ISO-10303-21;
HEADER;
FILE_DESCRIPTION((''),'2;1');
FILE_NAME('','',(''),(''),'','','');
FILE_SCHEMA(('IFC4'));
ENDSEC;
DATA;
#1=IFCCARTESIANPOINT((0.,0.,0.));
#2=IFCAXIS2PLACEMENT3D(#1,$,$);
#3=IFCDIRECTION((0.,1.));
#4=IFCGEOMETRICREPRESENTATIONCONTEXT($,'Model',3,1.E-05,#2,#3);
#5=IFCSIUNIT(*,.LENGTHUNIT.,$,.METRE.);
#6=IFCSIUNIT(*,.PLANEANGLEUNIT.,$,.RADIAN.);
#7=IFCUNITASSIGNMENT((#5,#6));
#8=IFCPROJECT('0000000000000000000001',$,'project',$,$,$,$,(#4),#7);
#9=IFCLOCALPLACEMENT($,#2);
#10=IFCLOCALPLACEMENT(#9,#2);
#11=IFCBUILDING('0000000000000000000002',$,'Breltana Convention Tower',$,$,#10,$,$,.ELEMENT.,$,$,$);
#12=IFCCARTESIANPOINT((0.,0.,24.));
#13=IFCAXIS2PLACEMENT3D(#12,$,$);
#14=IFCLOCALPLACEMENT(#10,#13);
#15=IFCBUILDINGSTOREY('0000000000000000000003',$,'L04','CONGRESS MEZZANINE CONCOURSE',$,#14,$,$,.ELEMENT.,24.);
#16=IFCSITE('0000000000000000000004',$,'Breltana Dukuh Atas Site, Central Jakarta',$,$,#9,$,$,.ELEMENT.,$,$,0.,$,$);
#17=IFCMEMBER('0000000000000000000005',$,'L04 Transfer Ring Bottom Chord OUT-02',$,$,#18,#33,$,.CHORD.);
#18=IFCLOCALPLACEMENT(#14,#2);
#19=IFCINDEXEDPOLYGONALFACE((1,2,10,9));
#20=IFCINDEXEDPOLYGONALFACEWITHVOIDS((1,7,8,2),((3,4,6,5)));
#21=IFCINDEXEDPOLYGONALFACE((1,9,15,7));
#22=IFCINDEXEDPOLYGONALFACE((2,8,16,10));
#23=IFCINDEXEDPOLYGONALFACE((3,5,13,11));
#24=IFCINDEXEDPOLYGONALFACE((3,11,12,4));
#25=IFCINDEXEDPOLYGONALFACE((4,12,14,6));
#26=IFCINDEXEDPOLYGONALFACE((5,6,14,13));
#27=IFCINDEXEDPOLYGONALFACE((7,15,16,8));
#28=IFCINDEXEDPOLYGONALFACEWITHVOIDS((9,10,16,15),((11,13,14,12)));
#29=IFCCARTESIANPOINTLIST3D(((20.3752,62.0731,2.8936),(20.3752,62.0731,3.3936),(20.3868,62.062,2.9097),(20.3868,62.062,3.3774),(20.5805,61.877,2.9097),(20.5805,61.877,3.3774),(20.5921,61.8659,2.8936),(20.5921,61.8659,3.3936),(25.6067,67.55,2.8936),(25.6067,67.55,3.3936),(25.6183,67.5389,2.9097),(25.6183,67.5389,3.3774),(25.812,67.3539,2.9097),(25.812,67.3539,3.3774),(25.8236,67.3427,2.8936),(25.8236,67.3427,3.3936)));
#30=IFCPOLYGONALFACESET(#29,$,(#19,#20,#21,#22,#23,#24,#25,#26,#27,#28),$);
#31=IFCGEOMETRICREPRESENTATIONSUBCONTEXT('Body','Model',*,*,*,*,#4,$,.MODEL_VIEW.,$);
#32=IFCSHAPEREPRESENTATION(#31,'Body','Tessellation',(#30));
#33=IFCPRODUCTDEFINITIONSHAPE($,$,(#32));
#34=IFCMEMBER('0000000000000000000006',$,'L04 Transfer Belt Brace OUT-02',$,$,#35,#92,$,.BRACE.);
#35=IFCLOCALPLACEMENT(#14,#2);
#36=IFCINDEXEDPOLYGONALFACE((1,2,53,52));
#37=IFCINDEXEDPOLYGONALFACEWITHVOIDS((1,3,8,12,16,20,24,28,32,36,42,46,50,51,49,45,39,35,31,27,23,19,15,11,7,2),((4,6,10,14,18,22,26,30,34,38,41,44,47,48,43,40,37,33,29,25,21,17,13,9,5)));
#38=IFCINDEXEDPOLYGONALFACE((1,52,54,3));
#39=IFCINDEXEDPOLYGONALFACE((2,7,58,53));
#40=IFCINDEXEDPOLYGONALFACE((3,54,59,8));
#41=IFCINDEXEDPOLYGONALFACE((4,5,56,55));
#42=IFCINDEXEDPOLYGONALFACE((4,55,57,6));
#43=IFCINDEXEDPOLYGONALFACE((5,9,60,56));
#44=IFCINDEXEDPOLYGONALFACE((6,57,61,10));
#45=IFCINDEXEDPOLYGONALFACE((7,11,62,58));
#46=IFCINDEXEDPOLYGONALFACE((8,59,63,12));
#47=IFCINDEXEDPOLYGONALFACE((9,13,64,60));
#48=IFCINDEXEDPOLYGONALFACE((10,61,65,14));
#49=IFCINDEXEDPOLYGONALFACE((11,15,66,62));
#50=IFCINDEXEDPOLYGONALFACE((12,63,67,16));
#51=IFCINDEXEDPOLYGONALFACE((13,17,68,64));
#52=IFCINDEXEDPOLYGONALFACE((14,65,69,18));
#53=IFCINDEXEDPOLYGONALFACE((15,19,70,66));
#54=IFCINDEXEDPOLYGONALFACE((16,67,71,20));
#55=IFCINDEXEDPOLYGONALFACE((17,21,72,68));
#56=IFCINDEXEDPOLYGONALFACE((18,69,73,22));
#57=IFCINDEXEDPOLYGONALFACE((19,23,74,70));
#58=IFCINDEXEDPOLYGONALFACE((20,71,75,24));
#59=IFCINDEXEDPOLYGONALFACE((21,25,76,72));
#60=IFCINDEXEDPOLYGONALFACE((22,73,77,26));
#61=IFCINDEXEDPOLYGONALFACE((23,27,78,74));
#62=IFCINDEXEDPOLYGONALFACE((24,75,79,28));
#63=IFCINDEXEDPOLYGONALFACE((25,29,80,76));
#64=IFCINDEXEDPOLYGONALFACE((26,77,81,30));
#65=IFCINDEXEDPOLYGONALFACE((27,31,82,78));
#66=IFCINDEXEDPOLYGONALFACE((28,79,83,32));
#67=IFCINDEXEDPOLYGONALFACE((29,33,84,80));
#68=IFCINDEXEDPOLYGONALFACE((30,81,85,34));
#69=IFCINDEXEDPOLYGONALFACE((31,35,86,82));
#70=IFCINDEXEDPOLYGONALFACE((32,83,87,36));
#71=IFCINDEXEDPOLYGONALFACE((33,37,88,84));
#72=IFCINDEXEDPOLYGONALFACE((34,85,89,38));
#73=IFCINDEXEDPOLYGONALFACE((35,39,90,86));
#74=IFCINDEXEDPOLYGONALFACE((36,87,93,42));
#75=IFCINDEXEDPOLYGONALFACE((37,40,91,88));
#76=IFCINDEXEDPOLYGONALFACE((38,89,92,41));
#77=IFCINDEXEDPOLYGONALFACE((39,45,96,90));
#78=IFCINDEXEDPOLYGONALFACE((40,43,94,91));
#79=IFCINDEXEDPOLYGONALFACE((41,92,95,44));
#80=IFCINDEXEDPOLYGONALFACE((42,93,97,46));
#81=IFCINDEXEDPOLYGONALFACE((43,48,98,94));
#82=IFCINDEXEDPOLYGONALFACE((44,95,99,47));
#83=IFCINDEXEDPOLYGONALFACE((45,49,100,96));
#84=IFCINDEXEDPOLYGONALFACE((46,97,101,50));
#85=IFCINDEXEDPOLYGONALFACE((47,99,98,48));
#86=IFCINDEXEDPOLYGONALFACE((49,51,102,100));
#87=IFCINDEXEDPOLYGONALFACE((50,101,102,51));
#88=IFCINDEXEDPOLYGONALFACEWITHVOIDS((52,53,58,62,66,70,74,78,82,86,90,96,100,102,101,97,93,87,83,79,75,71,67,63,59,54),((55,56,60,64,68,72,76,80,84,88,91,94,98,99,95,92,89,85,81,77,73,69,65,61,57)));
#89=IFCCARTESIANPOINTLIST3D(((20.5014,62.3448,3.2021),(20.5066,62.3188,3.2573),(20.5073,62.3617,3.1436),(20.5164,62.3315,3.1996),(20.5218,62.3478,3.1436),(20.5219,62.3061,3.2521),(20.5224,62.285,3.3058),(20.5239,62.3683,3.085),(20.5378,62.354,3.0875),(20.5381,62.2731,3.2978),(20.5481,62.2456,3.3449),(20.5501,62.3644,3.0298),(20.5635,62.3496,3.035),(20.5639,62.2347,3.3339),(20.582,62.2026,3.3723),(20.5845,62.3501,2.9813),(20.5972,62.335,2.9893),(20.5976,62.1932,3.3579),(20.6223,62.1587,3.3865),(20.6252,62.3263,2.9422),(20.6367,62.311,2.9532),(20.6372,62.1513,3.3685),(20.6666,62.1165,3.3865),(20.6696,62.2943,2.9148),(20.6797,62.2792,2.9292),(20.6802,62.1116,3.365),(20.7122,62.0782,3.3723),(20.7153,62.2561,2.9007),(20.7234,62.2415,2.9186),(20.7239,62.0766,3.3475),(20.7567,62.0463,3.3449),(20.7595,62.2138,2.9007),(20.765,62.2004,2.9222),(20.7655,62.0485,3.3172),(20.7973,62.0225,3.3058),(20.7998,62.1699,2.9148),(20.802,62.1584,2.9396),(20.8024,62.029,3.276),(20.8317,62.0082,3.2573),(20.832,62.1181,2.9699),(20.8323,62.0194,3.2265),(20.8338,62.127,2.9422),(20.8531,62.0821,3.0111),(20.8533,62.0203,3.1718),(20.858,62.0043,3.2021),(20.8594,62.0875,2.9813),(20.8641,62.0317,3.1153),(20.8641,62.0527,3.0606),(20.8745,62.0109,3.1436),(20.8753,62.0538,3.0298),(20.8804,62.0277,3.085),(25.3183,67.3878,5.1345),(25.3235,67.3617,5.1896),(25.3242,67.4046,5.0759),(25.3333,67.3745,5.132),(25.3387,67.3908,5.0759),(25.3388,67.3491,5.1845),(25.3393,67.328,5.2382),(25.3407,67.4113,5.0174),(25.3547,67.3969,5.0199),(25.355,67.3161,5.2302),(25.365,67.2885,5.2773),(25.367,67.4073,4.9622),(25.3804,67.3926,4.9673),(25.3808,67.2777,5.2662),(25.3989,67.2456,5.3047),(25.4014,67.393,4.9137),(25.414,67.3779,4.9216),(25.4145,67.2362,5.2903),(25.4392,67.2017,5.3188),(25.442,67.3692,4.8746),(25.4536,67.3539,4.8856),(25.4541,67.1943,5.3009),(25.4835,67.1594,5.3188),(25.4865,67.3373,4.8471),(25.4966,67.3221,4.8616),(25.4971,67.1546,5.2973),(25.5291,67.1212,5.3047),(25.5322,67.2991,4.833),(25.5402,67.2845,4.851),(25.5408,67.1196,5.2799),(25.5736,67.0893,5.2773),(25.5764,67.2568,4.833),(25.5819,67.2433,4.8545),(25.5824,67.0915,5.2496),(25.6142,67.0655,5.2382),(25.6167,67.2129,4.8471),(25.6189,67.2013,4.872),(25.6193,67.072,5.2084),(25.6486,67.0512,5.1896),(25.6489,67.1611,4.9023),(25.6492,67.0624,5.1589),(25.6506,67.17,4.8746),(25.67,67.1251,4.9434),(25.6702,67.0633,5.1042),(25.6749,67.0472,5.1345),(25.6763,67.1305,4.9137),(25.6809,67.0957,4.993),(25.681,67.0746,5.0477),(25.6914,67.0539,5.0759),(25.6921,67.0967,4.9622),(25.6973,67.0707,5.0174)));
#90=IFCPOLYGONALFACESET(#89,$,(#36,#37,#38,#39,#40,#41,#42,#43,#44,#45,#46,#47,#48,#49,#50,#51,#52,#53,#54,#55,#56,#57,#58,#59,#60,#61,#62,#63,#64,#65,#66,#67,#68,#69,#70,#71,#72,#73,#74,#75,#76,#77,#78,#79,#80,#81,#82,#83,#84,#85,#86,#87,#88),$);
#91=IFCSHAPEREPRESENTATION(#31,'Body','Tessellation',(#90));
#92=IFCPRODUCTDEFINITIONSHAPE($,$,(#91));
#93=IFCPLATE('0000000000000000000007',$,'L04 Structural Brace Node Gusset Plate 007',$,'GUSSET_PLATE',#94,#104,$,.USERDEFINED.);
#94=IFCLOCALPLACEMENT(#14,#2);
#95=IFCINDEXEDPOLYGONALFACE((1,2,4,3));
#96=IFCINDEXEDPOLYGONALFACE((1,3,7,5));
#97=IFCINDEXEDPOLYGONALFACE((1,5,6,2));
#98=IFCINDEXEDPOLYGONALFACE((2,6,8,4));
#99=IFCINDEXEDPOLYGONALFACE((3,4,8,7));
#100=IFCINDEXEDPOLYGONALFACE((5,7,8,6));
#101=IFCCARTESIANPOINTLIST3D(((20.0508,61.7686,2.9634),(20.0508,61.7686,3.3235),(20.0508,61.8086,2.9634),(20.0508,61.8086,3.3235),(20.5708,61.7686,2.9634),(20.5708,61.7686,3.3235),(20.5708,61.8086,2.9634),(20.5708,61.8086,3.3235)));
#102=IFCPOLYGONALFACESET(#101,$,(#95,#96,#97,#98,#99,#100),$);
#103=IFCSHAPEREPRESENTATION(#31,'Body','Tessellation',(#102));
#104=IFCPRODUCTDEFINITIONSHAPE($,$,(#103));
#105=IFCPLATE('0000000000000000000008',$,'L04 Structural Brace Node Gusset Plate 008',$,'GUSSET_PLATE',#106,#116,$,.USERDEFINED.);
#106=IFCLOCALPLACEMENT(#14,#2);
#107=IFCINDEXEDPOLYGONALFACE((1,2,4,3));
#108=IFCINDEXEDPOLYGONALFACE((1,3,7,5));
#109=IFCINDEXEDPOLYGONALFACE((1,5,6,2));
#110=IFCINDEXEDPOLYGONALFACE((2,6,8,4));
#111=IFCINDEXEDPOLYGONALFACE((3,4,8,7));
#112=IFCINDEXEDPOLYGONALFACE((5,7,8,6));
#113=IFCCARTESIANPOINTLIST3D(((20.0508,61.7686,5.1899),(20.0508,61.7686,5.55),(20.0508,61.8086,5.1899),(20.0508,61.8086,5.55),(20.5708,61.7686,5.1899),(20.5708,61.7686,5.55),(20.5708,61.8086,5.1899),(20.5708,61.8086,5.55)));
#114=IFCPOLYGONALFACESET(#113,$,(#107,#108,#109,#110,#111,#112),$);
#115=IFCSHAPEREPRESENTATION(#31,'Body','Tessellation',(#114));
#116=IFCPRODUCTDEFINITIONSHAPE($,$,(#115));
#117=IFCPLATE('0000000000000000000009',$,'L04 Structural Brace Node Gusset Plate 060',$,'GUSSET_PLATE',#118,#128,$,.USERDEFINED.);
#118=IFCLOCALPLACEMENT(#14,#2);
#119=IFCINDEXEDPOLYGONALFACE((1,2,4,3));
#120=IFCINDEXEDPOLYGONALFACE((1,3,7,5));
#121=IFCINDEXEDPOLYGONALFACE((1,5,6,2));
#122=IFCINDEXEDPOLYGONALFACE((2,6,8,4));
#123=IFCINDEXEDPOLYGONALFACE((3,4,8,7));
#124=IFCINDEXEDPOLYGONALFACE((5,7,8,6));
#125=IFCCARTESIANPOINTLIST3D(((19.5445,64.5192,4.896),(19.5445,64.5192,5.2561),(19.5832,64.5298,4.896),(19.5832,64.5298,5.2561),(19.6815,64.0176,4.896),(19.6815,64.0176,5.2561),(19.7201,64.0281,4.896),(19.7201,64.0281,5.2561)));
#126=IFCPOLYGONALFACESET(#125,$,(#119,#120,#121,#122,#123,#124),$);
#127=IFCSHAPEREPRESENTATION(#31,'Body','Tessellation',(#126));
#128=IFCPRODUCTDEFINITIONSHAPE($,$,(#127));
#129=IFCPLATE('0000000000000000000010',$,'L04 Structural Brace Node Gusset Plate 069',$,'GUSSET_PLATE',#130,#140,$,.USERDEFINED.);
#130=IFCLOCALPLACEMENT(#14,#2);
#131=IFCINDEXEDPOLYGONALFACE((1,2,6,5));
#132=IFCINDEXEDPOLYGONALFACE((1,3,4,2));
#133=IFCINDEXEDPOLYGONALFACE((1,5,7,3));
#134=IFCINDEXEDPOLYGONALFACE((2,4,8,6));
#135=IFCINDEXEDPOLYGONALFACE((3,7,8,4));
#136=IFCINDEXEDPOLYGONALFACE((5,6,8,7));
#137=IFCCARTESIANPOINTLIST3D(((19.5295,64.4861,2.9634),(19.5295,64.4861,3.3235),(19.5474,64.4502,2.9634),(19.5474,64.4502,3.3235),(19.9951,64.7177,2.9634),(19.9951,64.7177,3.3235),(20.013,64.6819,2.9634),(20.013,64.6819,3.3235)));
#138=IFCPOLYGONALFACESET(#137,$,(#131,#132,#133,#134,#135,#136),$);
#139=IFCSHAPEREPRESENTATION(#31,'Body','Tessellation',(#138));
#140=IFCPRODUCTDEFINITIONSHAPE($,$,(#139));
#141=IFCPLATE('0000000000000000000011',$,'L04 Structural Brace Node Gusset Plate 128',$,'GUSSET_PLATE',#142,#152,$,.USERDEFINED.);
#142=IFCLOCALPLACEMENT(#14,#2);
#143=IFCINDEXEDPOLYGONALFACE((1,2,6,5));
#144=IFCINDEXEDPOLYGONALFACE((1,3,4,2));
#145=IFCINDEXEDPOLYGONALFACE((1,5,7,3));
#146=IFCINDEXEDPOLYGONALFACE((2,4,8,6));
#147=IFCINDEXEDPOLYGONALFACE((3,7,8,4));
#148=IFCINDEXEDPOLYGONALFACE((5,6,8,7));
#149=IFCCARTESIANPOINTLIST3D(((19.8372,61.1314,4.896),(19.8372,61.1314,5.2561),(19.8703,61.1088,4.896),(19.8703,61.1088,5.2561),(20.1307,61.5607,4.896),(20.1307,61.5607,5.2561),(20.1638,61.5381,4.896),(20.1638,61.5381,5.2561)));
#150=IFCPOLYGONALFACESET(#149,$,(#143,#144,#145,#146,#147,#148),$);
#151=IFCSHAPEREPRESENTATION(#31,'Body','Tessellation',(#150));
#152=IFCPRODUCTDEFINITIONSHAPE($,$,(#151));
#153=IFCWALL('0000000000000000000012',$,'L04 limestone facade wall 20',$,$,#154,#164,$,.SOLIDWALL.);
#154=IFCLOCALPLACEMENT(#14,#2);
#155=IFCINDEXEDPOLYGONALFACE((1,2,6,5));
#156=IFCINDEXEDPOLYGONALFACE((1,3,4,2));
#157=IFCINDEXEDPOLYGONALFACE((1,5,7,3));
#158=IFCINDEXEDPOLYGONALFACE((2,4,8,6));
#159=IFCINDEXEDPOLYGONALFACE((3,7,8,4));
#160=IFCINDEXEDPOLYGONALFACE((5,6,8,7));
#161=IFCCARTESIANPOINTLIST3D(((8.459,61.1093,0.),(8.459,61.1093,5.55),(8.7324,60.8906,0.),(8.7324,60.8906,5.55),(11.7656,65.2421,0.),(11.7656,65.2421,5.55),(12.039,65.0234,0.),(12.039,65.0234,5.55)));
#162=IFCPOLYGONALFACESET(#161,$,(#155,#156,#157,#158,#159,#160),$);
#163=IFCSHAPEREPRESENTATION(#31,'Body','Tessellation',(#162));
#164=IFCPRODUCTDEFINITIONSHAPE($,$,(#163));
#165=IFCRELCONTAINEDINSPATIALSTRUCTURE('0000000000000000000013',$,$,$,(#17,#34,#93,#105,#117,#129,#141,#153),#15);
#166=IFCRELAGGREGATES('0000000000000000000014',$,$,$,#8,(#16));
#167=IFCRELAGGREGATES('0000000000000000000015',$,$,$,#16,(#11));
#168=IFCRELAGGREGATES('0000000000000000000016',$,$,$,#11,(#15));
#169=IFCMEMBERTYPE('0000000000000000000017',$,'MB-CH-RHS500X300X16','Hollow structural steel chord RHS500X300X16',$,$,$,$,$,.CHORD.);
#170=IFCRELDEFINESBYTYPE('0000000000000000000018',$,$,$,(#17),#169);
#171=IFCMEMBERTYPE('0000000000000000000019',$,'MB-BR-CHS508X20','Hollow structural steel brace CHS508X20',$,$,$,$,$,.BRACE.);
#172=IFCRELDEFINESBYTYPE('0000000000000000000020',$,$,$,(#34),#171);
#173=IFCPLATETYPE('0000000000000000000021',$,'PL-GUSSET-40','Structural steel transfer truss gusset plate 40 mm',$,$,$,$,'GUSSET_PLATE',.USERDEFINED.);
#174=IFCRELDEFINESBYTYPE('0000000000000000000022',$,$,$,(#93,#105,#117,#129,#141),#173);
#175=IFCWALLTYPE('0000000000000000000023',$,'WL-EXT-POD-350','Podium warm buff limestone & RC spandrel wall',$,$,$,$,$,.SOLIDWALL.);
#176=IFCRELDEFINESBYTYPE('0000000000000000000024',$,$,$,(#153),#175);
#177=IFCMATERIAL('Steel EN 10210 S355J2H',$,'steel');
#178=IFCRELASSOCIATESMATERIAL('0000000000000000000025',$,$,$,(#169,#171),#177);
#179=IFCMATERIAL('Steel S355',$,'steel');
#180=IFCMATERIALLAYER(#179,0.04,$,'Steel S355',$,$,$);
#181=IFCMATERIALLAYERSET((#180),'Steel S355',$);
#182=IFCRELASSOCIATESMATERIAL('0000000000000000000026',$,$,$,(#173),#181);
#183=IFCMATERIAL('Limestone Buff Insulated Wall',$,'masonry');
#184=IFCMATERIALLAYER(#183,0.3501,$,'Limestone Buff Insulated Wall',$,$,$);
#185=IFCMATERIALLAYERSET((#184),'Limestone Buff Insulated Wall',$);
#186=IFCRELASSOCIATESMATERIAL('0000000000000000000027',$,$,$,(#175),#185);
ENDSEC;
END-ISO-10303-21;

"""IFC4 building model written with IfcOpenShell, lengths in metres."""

from ifc_helpers import new_model, si_unit, direction, frame, frame_2d, origin, origin_2d, place, context, subcontext, project, spatial, rectangle, hollow_rectangle, hollow_circle, extrude, source, transform, mapped, material, layer, layer_set, material_profile, profile_set, type_object, element, save


model = new_model("IFC4")

# Units and contexts
model_context = context("Model", 3, precision=1e-05, world=origin(), true_north=direction((0.0, 1.0)))
body_context = subcontext(model_context, "Body", "Model", "MODEL_VIEW")
ifc_project = project(units=[si_unit("LENGTHUNIT", "METRE"), si_unit("PLANEANGLEUNIT", "RADIAN")], contexts=[model_context])

# Site, building, storey
site_placement = place(None, origin())
site = spatial("IfcSite", under=ifc_project, at=site_placement, Name="Breltana Dukuh Atas Site, Central Jakarta", CompositionType="ELEMENT", RefElevation=0.0)
building_placement = place(site_placement, origin())
building = spatial("IfcBuilding", under=site, at=building_placement, Name="Breltana Convention Tower", CompositionType="ELEMENT")
storey_placement = place(building_placement, frame((0.0, 0.0, 24.0)))
storey = spatial("IfcBuildingStorey", under=building, at=storey_placement, Name="L04", Description="CONGRESS MEZZANINE CONCOURSE", CompositionType="ELEMENT", Elevation=24.0)

# Shared definitions
ifc_material_1 = material(Name="Steel EN 10210 S355J2H", Category="steel")

# Members
ifc_material_profile_1 = material_profile(ifc_material_1, hollow_rectangle(XDim=0.3, YDim=0.5, WallThickness=0.0161, at=origin_2d()), Name="RHS500X300X16")
ifc_profile_set_1 = profile_set([ifc_material_profile_1], Name="Steel EN 10210 S355J2H")
member_type_1 = type_object("IfcMemberType", Name="MB-CH-RHS500X300X16", Description="Hollow structural steel chord RHS500X300X16", PredefinedType="CHORD", material=ifc_profile_set_1)
shared_shape_1 = source(origin(), body_context, "Body", "SweptSolid", [
    extrude(hollow_rectangle(XDim=0.3, YDim=0.5, WallThickness=0.0161, at=origin_2d()), origin(), (0.0, 0.0, 1.0), 7.574),
])
member_1_placement = place(storey_placement, frame((20.4836, 61.9695, 3.1436), z_axis=(0.690723, 0.723119, 0.0), x_axis=(-0.723119, 0.690723, 0.0)))
element("IfcMember", 1, at=member_1_placement, inside=storey, type_object=member_type_1, Name="L04 Transfer Ring Bottom Chord OUT-02", PredefinedType="CHORD", context=body_context, shape_type="MappedRepresentation", body=[
    mapped(shared_shape_1, transform((0.0, 0.0, 0.0), scale=1.0)),
])
ifc_material_profile_2 = material_profile(ifc_material_1, hollow_circle(Radius=0.2539, WallThickness=0.02, at=origin_2d()), Name="CHS508X20")
ifc_profile_set_2 = profile_set([ifc_material_profile_2], Name="Steel EN 10210 S355J2H")
member_type_2 = type_object("IfcMemberType", Name="MB-BR-CHS508X20", Description="Hollow structural steel brace CHS508X20", PredefinedType="BRACE", material=ifc_profile_set_2)
shared_shape_2 = source(origin(), body_context, "Body", "SweptSolid", [
    extrude(hollow_circle(Radius=0.2539, WallThickness=0.02, at=origin_2d()), origin(), (0.0, 0.0, 1.0), 7.2366),
])
member_2_placement = place(storey_placement, frame((20.6909, 62.1863, 3.1436), z_axis=(0.665631, 0.696872, 0.267029), x_axis=(-0.72313, 0.690712, 0.0)))
element("IfcMember", 2, at=member_2_placement, inside=storey, type_object=member_type_2, Name="L04 Transfer Belt Brace OUT-02", PredefinedType="BRACE", context=body_context, shape_type="MappedRepresentation", body=[
    mapped(shared_shape_2, transform((0.0, 0.0, 0.0), scale=1.0)),
])

# Plates
ifc_material_2 = material(Name="Steel S355", Category="steel")
ifc_layer_1 = layer(ifc_material_2, 0.04, Name="Steel S355")
ifc_layer_set_1 = layer_set([ifc_layer_1], Name="Steel S355")
plate_type = type_object("IfcPlateType", Name="PL-GUSSET-40", Description="Structural steel transfer truss gusset plate 40 mm", ElementType="GUSSET_PLATE", PredefinedType="USERDEFINED", material=ifc_layer_set_1)
shared_shape_3 = source(origin(), body_context, "Body", "SweptSolid", [
    extrude(rectangle(XDim=0.52, YDim=0.04, at=origin_2d()), origin(), (0.0, 0.0, 1.0), 0.3601),
])
for number, where, z_axis, x_axis, name in (
    (3, (20.3108, 61.7886, 2.9634), (0.0, 0.0, 1.0), (1.0, 0.0, 0.0), "L04 Structural Brace Node Gusset Plate 007"),
    (4, (20.3108, 61.7886, 5.1899), (0.0, 0.0, 1.0), (1.0, 0.0, 0.0), "L04 Structural Brace Node Gusset Plate 008"),
    (5, (19.6323, 64.2737, 4.896), (0.0, 0.0, 1.0), (-0.263368, 0.964695, 0.0), "L04 Structural Brace Node Gusset Plate 060"),
    (6, (19.7712, 64.584, 2.9634), (0.0, 0.0, 1.0), (-0.895323, -0.445417, 0.0), "L04 Structural Brace Node Gusset Plate 069"),
    (7, (20.0005, 61.3347, 4.896), (0.0, 0.0, 1.0), (0.564391, 0.825508, 0.0), "L04 Structural Brace Node Gusset Plate 128"),
):
    element("IfcPlate", number, at=place(storey_placement, frame(where, z_axis=z_axis, x_axis=x_axis)), inside=storey, type_object=plate_type, Name=name, ObjectType="GUSSET_PLATE", PredefinedType="USERDEFINED", context=body_context, shape_type="MappedRepresentation", body=[
        mapped(shared_shape_3, transform((0.0, 0.0, 0.0), scale=1.0)),
    ])

# Wall
ifc_material_3 = material(Name="Limestone Buff Insulated Wall", Category="masonry")
ifc_layer_2 = layer(ifc_material_3, 0.3501, Name="Limestone Buff Insulated Wall")
ifc_layer_set_2 = layer_set([ifc_layer_2], Name="Limestone Buff Insulated Wall")
wall_type_1 = type_object("IfcWallType", Name="WL-EXT-POD-350", Description="Podium warm buff limestone & RC spandrel wall", PredefinedType="SOLIDWALL", material=ifc_layer_set_2)
shared_shape_4 = source(origin(), body_context, "Body", "SweptSolid", [
    extrude(rectangle(XDim=5.2927, YDim=0.3501, at=frame_2d((2.6465, 0.0))), origin(), (0.0, 0.0, 1.0), 5.55),
])
wall_1_placement = place(storey_placement, frame((11.9023, 65.1328, 0.0), z_axis=(0.0, 0.0, 1.0), x_axis=(-0.62474, -0.780833, 0.0)))
element("IfcWall", 8, at=wall_1_placement, inside=storey, type_object=wall_type_1, Name="L04 limestone facade wall 20", PredefinedType="SOLIDWALL", context=body_context, shape_type="MappedRepresentation", body=[
    mapped(shared_shape_4, transform((0.0, 0.0, 0.0), scale=1.0)),
])

save(model, "model.ifc")
